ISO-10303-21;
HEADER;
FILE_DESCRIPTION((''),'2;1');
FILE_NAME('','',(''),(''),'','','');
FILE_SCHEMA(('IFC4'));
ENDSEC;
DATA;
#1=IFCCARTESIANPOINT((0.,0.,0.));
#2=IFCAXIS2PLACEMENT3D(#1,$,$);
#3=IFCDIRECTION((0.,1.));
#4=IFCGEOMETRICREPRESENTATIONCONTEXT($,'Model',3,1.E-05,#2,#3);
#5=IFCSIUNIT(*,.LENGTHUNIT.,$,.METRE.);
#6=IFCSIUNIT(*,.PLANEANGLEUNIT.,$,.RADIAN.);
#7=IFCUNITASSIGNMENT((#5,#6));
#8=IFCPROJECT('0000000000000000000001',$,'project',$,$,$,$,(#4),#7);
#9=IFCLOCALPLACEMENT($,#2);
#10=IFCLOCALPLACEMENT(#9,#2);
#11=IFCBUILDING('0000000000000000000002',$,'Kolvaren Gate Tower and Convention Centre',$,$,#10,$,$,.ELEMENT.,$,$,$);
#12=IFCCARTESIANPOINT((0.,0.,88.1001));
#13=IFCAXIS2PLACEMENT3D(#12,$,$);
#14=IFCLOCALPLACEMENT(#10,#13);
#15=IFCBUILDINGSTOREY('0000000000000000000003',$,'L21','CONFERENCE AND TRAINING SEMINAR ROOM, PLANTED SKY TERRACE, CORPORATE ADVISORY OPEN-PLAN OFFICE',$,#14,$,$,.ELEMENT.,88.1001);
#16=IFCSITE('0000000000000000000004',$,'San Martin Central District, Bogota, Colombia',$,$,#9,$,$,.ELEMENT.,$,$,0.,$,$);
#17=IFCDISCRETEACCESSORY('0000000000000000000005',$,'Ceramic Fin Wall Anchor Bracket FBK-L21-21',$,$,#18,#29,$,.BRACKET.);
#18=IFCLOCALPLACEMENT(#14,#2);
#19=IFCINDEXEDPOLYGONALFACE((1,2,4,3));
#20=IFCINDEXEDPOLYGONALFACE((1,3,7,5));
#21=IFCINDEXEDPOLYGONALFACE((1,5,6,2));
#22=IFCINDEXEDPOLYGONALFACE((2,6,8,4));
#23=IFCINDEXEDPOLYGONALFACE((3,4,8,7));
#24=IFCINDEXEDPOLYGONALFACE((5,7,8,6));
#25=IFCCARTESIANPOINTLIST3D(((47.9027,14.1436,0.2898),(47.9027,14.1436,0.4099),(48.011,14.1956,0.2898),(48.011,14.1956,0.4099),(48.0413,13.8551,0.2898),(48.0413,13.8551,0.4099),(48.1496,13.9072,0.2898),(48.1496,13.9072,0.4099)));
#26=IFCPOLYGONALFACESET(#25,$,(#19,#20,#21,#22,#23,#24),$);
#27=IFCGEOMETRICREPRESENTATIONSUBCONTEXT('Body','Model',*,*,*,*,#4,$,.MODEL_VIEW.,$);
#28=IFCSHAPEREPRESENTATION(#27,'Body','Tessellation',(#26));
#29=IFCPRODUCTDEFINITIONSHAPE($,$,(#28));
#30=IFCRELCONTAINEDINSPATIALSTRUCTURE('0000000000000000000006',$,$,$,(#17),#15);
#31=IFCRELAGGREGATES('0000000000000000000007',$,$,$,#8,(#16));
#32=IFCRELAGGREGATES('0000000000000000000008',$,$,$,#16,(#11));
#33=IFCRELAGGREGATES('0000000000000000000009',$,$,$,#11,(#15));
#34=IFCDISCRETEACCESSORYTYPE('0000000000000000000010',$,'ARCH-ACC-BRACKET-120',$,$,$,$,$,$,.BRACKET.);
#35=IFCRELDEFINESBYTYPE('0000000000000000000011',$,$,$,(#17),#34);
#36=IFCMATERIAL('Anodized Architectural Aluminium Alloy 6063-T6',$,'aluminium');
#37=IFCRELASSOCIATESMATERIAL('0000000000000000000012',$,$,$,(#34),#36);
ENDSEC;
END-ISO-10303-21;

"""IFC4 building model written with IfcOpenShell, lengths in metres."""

from ifc_helpers import new_model, si_unit, direction, frame, origin, origin_2d, place, context, subcontext, project, spatial, rectangle, extrude, material, type_object, element, save


model = new_model("IFC4")

# Units and contexts
model_context = context("Model", 3, precision=1e-05, world=origin(), true_north=direction((0.0, 1.0)))
body_context = subcontext(model_context, "Body", "Model", "MODEL_VIEW")
ifc_project = project(units=[si_unit("LENGTHUNIT", "METRE"), si_unit("PLANEANGLEUNIT", "RADIAN")], contexts=[model_context])

# Site, building, storey
site_placement = place(None, origin())
site = spatial("IfcSite", under=ifc_project, at=site_placement, Name="San Martin Central District, Bogota, Colombia", CompositionType="ELEMENT", RefElevation=0.0)
building_placement = place(site_placement, origin())
building = spatial("IfcBuilding", under=site, at=building_placement, Name="Kolvaren Gate Tower and Convention Centre", CompositionType="ELEMENT")
storey_placement = place(building_placement, frame((0.0, 0.0, 88.1001)))
storey = spatial("IfcBuildingStorey", under=building, at=storey_placement, Name="L21", Description="CONFERENCE AND TRAINING SEMINAR ROOM, PLANTED SKY TERRACE, CORPORATE ADVISORY OPEN-PLAN OFFICE", CompositionType="ELEMENT", Elevation=88.1001)

# Shared definitions
ifc_material_1 = material(Name="Anodized Architectural Aluminium Alloy 6063-T6", Category="aluminium")

# Discrete accessory
discrete_accessory_type = type_object("IfcDiscreteAccessoryType", Name="ARCH-ACC-BRACKET-120", PredefinedType="BRACKET", material=ifc_material_1)
discrete_accessory_placement = place(storey_placement, frame((48.0261, 14.0254, 0.2898), z_axis=(0.0, 0.0, 1.0), x_axis=(0.901358, 0.433076, 0.0)))
element("IfcDiscreteAccessory", 1, at=discrete_accessory_placement, inside=storey, type_object=discrete_accessory_type, Name="Ceramic Fin Wall Anchor Bracket FBK-L21-21", PredefinedType="BRACKET", context=body_context, shape_type="SweptSolid", body=[
    extrude(rectangle(XDim=0.1201, YDim=0.3201, at=origin_2d()), origin(), (0.0, 0.0, 1.0), 0.1201),
])

save(model, "model.ifc")
